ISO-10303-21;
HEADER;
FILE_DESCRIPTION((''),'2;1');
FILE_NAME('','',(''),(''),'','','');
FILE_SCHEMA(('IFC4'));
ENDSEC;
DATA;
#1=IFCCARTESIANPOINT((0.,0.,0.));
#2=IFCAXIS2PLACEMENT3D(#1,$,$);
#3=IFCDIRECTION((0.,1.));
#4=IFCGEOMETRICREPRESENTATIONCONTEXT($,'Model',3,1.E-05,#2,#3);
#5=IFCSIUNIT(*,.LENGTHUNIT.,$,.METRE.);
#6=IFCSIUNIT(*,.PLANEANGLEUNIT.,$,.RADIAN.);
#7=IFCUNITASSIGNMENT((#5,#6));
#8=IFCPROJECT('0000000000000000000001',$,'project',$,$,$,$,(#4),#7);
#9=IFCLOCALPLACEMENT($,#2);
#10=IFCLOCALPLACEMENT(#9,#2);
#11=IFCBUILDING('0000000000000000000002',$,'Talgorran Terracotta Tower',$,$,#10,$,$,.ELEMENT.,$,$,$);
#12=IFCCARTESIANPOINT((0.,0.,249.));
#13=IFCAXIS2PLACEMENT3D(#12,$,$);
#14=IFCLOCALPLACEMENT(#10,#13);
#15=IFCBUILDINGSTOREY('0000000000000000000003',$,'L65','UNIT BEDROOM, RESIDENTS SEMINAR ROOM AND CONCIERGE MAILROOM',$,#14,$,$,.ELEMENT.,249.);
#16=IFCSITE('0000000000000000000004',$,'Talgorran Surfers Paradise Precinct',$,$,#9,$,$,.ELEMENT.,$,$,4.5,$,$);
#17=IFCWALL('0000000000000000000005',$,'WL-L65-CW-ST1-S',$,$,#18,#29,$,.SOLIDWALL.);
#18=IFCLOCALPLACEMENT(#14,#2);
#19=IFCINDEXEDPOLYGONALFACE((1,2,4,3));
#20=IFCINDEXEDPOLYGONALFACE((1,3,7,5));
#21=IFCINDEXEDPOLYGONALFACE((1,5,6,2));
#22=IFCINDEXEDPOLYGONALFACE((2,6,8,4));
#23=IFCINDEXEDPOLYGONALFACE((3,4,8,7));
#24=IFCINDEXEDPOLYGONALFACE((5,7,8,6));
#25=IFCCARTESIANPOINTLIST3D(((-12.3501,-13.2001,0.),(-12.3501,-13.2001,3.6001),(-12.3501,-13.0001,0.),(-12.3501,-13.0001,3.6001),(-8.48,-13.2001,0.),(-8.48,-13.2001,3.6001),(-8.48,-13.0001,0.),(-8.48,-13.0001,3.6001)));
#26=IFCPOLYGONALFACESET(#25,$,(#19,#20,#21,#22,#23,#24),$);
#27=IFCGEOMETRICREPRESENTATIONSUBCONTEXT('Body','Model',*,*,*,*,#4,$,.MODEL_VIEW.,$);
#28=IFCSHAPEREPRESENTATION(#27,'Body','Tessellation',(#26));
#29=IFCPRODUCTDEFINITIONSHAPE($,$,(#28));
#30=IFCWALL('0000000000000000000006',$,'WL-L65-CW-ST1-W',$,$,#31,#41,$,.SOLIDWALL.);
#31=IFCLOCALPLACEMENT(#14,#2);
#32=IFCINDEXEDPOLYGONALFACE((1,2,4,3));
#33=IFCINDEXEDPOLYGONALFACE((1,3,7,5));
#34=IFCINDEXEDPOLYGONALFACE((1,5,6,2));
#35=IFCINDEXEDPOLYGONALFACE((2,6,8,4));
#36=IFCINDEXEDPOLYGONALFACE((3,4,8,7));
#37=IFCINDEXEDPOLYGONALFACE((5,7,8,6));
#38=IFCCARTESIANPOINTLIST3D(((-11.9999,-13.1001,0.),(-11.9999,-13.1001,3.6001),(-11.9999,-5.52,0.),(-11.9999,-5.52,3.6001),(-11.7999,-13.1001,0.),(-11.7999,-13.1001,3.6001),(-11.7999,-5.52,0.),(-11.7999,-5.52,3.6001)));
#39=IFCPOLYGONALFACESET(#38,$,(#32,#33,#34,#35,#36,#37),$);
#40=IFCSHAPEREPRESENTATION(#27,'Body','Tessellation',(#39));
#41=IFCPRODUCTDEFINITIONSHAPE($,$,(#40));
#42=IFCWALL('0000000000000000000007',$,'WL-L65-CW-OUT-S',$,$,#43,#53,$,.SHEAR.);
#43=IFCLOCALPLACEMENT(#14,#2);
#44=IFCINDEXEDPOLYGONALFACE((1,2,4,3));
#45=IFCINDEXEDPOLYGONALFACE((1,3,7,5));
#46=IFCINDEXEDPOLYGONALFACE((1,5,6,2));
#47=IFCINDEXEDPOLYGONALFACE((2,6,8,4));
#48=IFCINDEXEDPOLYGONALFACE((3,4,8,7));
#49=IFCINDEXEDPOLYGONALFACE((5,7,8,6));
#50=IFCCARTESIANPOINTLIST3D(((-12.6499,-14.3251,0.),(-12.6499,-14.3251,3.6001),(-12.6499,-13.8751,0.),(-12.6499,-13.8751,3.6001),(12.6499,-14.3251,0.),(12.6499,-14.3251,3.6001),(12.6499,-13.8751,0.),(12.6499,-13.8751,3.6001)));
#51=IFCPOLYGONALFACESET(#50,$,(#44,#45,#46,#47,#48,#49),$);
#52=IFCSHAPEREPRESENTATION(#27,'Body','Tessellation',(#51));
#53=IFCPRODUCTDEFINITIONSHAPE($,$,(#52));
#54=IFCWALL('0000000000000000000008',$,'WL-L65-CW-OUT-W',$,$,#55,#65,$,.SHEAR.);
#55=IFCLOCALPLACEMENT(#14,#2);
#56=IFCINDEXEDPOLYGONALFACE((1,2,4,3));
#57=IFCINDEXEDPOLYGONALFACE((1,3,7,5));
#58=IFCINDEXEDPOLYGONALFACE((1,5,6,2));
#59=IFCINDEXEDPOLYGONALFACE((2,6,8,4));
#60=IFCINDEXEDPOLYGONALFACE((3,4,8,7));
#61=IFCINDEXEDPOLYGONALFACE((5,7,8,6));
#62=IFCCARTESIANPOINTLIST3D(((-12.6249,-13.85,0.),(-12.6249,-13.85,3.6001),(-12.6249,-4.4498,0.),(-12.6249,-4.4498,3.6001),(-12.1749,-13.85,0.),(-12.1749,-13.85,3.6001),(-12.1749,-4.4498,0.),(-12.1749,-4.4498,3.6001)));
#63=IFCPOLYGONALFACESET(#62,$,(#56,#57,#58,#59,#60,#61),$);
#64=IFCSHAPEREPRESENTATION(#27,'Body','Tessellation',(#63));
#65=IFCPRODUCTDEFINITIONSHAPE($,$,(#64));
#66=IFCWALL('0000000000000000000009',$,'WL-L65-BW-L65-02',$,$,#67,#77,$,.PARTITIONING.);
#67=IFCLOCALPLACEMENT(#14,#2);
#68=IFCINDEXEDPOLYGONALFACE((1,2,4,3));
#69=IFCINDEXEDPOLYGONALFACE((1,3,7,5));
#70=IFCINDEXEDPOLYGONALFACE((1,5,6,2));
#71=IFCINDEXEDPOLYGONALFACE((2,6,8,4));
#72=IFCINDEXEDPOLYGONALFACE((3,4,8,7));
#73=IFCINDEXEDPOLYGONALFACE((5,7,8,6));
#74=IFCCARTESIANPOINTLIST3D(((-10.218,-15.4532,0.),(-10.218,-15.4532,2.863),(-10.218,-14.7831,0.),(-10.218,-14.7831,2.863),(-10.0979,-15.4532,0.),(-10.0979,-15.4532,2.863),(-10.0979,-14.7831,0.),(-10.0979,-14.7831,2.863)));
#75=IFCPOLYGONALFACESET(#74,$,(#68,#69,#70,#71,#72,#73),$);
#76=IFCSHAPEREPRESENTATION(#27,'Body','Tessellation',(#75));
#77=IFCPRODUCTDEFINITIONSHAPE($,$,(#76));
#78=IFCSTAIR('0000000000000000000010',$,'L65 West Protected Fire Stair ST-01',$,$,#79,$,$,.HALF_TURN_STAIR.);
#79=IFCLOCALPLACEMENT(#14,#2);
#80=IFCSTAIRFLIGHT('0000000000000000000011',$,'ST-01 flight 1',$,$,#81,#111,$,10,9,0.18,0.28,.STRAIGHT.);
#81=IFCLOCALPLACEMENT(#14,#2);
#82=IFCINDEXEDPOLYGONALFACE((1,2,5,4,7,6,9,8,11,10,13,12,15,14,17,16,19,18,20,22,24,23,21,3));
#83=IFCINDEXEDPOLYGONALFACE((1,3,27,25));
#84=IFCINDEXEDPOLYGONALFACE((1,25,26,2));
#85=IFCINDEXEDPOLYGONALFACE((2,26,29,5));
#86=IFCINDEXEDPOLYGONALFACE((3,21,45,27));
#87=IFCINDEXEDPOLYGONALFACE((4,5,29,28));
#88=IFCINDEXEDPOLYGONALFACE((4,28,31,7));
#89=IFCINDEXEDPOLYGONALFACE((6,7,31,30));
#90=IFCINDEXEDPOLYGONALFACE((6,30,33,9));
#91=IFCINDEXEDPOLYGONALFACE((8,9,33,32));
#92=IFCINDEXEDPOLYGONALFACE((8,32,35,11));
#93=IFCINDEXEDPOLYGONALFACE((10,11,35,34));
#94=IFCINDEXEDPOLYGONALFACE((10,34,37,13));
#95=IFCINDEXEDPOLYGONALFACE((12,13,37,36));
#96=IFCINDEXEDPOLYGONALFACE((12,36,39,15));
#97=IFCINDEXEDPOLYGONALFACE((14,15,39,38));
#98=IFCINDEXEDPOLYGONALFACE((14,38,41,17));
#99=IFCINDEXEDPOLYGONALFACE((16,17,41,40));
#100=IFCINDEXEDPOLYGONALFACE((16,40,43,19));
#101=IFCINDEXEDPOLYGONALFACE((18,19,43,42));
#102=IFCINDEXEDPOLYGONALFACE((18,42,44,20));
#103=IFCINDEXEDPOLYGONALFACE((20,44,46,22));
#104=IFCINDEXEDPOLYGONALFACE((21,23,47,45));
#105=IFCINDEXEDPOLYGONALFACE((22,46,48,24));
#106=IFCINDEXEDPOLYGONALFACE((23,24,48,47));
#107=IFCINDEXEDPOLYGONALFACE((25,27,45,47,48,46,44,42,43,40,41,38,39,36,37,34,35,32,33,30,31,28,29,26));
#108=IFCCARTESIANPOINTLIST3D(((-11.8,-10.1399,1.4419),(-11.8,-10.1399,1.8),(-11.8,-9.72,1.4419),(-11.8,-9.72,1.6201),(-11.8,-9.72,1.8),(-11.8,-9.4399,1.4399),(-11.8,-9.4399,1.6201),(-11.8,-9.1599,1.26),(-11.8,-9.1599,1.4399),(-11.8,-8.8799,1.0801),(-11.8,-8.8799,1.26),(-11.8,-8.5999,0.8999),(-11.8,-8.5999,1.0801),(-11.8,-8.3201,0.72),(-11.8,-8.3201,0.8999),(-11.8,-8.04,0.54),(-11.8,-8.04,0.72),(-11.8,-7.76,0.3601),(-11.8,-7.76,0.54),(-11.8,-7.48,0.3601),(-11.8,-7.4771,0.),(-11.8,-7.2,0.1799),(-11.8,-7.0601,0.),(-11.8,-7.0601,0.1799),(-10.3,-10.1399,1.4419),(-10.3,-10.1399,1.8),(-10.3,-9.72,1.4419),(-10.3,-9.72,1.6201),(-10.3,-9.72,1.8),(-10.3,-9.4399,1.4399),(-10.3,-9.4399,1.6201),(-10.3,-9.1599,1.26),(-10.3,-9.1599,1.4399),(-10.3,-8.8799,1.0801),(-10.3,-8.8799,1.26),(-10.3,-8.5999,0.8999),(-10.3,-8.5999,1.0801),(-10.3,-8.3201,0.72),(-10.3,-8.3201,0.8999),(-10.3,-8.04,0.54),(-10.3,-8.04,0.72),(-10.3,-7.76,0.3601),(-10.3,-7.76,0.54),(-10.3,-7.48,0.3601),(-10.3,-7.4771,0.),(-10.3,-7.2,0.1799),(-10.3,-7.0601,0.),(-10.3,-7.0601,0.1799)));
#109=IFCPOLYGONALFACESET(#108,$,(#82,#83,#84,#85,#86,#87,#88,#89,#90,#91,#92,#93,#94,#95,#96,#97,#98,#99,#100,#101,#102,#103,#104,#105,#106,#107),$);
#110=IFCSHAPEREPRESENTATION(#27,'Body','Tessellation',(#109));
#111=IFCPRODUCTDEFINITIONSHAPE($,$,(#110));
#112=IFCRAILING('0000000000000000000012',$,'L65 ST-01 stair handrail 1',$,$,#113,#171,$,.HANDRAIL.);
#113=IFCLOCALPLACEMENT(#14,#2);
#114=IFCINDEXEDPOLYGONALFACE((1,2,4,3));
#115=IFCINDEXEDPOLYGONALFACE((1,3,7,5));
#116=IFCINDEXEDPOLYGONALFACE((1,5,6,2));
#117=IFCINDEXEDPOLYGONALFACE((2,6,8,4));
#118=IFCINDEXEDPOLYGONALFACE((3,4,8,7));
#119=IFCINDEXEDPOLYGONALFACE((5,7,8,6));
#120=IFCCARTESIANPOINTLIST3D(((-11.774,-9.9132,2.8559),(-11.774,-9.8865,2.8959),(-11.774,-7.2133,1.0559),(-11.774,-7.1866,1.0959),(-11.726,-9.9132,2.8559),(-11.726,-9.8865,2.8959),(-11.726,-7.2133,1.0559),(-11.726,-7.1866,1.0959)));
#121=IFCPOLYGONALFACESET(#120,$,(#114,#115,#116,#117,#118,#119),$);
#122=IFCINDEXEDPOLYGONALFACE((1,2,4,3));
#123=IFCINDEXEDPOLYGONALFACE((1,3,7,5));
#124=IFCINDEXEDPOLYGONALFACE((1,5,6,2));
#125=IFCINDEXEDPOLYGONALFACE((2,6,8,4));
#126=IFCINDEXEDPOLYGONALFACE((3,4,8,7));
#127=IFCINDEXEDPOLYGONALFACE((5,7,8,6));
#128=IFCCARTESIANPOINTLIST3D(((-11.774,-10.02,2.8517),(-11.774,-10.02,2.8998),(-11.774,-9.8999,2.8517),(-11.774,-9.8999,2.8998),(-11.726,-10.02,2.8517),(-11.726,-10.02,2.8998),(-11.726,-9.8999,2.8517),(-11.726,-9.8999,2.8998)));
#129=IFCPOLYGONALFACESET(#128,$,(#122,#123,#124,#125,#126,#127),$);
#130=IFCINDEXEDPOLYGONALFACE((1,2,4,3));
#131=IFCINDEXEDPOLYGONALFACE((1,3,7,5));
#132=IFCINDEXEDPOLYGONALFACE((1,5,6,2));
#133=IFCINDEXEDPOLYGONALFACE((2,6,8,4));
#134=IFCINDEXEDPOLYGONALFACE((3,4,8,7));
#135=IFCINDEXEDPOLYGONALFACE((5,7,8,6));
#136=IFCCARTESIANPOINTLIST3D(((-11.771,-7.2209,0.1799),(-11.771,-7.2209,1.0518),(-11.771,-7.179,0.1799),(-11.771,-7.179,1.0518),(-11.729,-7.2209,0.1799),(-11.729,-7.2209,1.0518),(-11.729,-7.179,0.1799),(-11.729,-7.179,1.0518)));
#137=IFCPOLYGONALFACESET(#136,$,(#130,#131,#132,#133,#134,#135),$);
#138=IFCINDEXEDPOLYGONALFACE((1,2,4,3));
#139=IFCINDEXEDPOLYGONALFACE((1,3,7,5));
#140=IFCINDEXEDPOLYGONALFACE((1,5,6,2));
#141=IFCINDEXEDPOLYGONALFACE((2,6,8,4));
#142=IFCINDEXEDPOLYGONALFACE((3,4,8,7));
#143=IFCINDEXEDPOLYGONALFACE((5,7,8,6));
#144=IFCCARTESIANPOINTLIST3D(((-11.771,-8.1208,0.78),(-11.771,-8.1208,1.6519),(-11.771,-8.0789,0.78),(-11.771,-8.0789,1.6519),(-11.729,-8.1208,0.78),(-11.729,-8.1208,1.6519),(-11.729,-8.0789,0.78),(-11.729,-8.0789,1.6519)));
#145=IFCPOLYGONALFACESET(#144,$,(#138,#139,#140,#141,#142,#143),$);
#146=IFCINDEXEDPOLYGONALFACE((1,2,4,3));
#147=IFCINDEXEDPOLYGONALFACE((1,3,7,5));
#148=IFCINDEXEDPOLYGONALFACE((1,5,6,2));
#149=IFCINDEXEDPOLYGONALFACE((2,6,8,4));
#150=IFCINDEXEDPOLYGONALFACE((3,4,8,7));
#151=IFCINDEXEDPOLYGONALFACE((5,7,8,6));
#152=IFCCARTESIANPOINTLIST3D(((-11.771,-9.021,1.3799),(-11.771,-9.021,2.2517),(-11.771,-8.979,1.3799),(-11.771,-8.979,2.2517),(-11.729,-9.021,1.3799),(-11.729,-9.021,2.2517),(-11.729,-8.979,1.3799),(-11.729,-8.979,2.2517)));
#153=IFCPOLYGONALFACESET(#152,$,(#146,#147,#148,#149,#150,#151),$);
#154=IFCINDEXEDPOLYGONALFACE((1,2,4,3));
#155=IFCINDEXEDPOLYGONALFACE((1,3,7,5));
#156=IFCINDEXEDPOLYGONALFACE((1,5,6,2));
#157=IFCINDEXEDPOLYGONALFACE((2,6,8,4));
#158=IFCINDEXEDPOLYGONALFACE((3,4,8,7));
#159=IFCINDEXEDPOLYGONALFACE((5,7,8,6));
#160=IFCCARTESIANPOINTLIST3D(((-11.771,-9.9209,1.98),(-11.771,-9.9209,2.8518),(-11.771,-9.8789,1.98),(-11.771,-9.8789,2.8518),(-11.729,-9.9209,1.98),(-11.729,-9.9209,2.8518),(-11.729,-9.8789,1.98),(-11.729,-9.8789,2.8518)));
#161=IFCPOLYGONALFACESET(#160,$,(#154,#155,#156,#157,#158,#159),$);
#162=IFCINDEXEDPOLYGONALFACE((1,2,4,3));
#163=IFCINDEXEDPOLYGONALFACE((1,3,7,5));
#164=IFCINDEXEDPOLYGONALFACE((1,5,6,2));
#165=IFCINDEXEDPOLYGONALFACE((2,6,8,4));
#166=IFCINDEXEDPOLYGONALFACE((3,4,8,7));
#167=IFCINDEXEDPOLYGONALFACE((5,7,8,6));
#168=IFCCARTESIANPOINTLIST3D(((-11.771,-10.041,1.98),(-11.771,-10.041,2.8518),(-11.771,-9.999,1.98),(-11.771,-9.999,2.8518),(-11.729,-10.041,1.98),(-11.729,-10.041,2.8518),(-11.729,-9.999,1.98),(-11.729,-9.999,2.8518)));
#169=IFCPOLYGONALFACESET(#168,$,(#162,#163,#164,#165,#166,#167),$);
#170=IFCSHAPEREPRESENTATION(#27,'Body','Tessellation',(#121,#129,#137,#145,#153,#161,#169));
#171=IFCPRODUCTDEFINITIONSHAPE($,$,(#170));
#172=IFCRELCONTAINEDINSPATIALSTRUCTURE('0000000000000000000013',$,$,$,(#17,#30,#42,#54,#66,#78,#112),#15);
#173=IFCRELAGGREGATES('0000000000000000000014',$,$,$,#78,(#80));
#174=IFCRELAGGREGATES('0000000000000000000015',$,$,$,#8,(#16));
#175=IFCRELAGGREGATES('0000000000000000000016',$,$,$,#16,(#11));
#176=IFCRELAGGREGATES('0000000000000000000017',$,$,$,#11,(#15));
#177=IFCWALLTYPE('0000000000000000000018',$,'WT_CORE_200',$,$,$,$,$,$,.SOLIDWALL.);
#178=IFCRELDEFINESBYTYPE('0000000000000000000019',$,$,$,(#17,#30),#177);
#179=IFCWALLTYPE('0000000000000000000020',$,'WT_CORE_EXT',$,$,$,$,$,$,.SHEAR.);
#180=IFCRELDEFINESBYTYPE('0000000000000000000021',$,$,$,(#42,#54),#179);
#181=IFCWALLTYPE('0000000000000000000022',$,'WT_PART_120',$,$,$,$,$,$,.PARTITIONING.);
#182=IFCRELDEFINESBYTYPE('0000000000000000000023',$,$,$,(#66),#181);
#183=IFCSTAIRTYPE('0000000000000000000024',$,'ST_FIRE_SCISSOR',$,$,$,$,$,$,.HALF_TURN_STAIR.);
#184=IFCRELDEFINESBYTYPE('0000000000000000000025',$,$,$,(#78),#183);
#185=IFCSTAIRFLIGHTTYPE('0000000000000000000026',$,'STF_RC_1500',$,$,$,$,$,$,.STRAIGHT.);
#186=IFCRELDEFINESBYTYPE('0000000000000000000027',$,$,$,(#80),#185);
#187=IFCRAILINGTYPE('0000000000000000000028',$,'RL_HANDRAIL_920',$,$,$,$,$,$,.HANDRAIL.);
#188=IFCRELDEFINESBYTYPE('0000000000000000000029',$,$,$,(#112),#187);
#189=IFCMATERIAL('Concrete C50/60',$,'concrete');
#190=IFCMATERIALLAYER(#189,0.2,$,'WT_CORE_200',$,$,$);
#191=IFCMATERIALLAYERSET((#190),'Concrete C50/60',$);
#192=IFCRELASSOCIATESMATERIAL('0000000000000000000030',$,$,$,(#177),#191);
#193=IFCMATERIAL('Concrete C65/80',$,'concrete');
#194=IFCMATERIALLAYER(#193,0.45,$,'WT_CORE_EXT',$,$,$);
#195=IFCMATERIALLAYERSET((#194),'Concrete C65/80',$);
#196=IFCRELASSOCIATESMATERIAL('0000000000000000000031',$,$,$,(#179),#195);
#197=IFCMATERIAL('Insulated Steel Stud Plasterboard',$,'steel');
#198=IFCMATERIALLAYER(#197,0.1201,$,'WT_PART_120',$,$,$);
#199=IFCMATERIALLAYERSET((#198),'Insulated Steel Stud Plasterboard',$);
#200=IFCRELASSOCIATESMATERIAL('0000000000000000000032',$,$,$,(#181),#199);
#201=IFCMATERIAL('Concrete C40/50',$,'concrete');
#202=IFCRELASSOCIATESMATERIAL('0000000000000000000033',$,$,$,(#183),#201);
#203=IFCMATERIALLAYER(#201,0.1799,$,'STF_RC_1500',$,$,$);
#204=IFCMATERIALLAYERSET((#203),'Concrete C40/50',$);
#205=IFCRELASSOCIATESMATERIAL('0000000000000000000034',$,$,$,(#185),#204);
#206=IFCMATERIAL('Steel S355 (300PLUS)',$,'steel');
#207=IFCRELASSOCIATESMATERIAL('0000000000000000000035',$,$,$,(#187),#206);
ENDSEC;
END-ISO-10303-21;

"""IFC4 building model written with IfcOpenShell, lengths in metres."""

from ifc_helpers import new_model, si_unit, direction, frame, frame_2d, origin, origin_2d, place, context, subcontext, project, spatial, polyline, rectangle, outline, extrude, material, layer, layer_set, type_object, element, aggregate, save


model = new_model("IFC4")

# Units and contexts
model_context = context("Model", 3, precision=1e-05, world=origin(), true_north=direction((0.0, 1.0)))
body_context = subcontext(model_context, "Body", "Model", "MODEL_VIEW")
ifc_project = project(units=[si_unit("LENGTHUNIT", "METRE"), si_unit("PLANEANGLEUNIT", "RADIAN")], contexts=[model_context])

# Site, building, storey
site_placement = place(None, origin())
site = spatial("IfcSite", under=ifc_project, at=site_placement, Name="Talgorran Surfers Paradise Precinct", CompositionType="ELEMENT", RefElevation=4.5)
building_placement = place(site_placement, origin())
building = spatial("IfcBuilding", under=site, at=building_placement, Name="Talgorran Terracotta Tower", CompositionType="ELEMENT")
storey_placement = place(building_placement, frame((0.0, 0.0, 249.0)))
storey = spatial("IfcBuildingStorey", under=building, at=storey_placement, Name="L65", Description="UNIT BEDROOM, RESIDENTS SEMINAR ROOM AND CONCIERGE MAILROOM", CompositionType="ELEMENT", Elevation=249.0)

# Shared definitions
ifc_material_1 = material(Name="Steel S355 (300PLUS)", Category="steel")

# Walls
ifc_material_2 = material(Name="Concrete C50/60", Category="concrete")
ifc_layer_1 = layer(ifc_material_2, 0.2, Name="WT_CORE_200")
ifc_layer_set_1 = layer_set([ifc_layer_1], Name="Concrete C50/60")
wall_type_1 = type_object("IfcWallType", Name="WT_CORE_200", PredefinedType="SOLIDWALL", material=ifc_layer_set_1)
wall_1_placement = place(storey_placement, frame((-12.3501, -13.1001, 0.0), z_axis=(0.0, 0.0, 1.0), x_axis=(1.0, 0.0, 0.0)))
element("IfcWall", 1, at=wall_1_placement, inside=storey, type_object=wall_type_1, Name="WL-L65-CW-ST1-S", PredefinedType="SOLIDWALL", context=body_context, shape_type="SweptSolid", body=[
    extrude(rectangle(XDim=3.8701, YDim=0.2, at=frame_2d((1.9351, 0.0))), origin(), (0.0, 0.0, 1.0), 3.6001),
])
wall_2_placement = place(storey_placement, frame((-11.8999, -13.1001, 0.0), z_axis=(0.0, 0.0, 1.0), x_axis=(0.0, 1.0, 0.0)))
element("IfcWall", 2, at=wall_2_placement, inside=storey, type_object=wall_type_1, Name="WL-L65-CW-ST1-W", PredefinedType="SOLIDWALL", context=body_context, shape_type="SweptSolid", body=[
    extrude(rectangle(XDim=7.5801, YDim=0.2, at=frame_2d((3.79, 0.0))), origin(), (0.0, 0.0, 1.0), 3.6001),
])
ifc_material_3 = material(Name="Concrete C65/80", Category="concrete")
ifc_layer_2 = layer(ifc_material_3, 0.45, Name="WT_CORE_EXT")
ifc_layer_set_2 = layer_set([ifc_layer_2], Name="Concrete C65/80")
wall_type_2 = type_object("IfcWallType", Name="WT_CORE_EXT", PredefinedType="SHEAR", material=ifc_layer_set_2)
wall_3_placement = place(storey_placement, frame((-12.6499, -14.1001, 0.0), z_axis=(0.0, 0.0, 1.0), x_axis=(1.0, 0.0, 0.0)))
element("IfcWall", 3, at=wall_3_placement, inside=storey, type_object=wall_type_2, Name="WL-L65-CW-OUT-S", PredefinedType="SHEAR", context=body_context, shape_type="SweptSolid", body=[
    extrude(rectangle(XDim=25.2998, YDim=0.45, at=frame_2d((12.6499, 0.0))), origin(), (0.0, 0.0, 1.0), 3.6001),
])
wall_4_placement = place(storey_placement, frame((-12.3999, -13.8501, 0.0), z_axis=(0.0, 0.0, 1.0), x_axis=(0.0, 1.0, 0.0)))
element("IfcWall", 4, at=wall_4_placement, inside=storey, type_object=wall_type_2, Name="WL-L65-CW-OUT-W", PredefinedType="SHEAR", context=body_context, shape_type="SweptSolid", body=[
    extrude(rectangle(XDim=9.4001, YDim=0.45, at=frame_2d((4.7002, 0.0))), origin(), (0.0, 0.0, 1.0), 3.6001),
])
ifc_material_4 = material(Name="Insulated Steel Stud Plasterboard", Category="steel")
ifc_layer_3 = layer(ifc_material_4, 0.1201, Name="WT_PART_120")
ifc_layer_set_3 = layer_set([ifc_layer_3], Name="Insulated Steel Stud Plasterboard")
wall_type_3 = type_object("IfcWallType", Name="WT_PART_120", PredefinedType="PARTITIONING", material=ifc_layer_set_3)
wall_5_placement = place(storey_placement, frame((-10.158, -14.7832, 0.0), z_axis=(0.0, 0.0, 1.0), x_axis=(0.0, -1.0, 0.0)))
element("IfcWall", 5, at=wall_5_placement, inside=storey, type_object=wall_type_3, Name="WL-L65-BW-L65-02", PredefinedType="PARTITIONING", context=body_context, shape_type="SweptSolid", body=[
    extrude(rectangle(XDim=0.6702, YDim=0.1201, at=frame_2d((0.335, 0.0))), origin(), (0.0, 0.0, 1.0), 2.863),
])

# Stair, stair flight
ifc_material_5 = material(Name="Concrete C40/50", Category="concrete")
stair_type = type_object("IfcStairType", Name="ST_FIRE_SCISSOR", PredefinedType="HALF_TURN_STAIR", material=ifc_material_5)
stair_placement = place(storey_placement, origin())
stair = element("IfcStair", 6, at=stair_placement, inside=storey, type_object=stair_type, Name="L65 West Protected Fire Stair ST-01", PredefinedType="HALF_TURN_STAIR")
ifc_layer_4 = layer(ifc_material_5, 0.1799, Name="STF_RC_1500")
ifc_layer_set_4 = layer_set([ifc_layer_4], Name="Concrete C40/50")
stair_flight_type = type_object("IfcStairFlightType", Name="STF_RC_1500", PredefinedType="STRAIGHT", material=ifc_layer_set_4)
stair_flight_placement = place(storey_placement, frame((-11.05, -7.2, 0.0), z_axis=(0.0, 0.0, 1.0), x_axis=(0.0, -1.0, 0.0)))
stair_flight = element("IfcStairFlight", 7, at=stair_flight_placement, type_object=stair_flight_type, Name="ST-01 flight 1", NumberOfRisers=10, NumberOfTreads=9, PredefinedType="STRAIGHT", RiserHeight=0.18, TreadLength=0.28, context=body_context, shape_type="SweptSolid", body=[
    extrude(outline(polyline([(-0.1399, 0.0), (-0.1399, 0.1799), (0.0, 0.1799), (0.28, 0.3601), (0.5601, 0.3601), (0.5601, 0.54), (0.8401, 0.54), (0.8401, 0.72), (1.1201, 0.72), (1.1201, 0.8999), (1.3999, 0.8999), (1.3999, 1.0801), (1.6799, 1.0801), (1.6799, 1.26), (1.96, 1.26), (1.96, 1.4399), (2.24, 1.4399), (2.24, 1.6201), (2.52, 1.6201), (2.52, 1.8), (2.9399, 1.8), (2.9399, 1.4419), (2.52, 1.4419), (0.2771, 0.0), (-0.1399, 0.0)])), frame((0.0, 0.75, 0.0), z_axis=(0.0, -1.0, 0.0), x_axis=(1.0, 0.0, 0.0)), (0.0, 0.0, 1.0), 1.5),
])
aggregate(stair, [stair_flight])

# Railing
railing_type_1 = type_object("IfcRailingType", Name="RL_HANDRAIL_920", PredefinedType="HANDRAIL", material=ifc_material_1)
railing_1_placement = place(storey_placement, frame((-11.75, -7.2, 0.1799)))
element("IfcRailing", 8, at=railing_1_placement, inside=storey, type_object=railing_type_1, Name="L65 ST-01 stair handrail 1", PredefinedType="HANDRAIL", context=body_context, shape_type="SweptSolid", body=[
    extrude(rectangle(XDim=0.0481, YDim=0.0481, at=origin_2d()), frame((0.0, 0.0, 0.896), z_axis=(0.0, -0.832039, 0.554718), x_axis=(1.0, 0.0, 0.0)), (0.0, 0.0, 1.0), 3.2449),
    extrude(rectangle(XDim=0.0481, YDim=0.0481, at=origin_2d()), frame((0.0, -2.7, 2.6958), z_axis=(0.0, -1.0, 0.0), x_axis=(1.0, 0.0, 0.0)), (0.0, 0.0, 1.0), 0.1201),
    extrude(rectangle(XDim=0.042, YDim=0.042, at=origin_2d()), origin(), (0.0, 0.0, 1.0), 0.8718),
    extrude(rectangle(XDim=0.042, YDim=0.042, at=origin_2d()), frame((0.0, -0.8999, 0.6001)), (0.0, 0.0, 1.0), 0.8718),
    extrude(rectangle(XDim=0.042, YDim=0.042, at=origin_2d()), frame((0.0, -1.8, 1.2)), (0.0, 0.0, 1.0), 0.8718),
    extrude(rectangle(XDim=0.042, YDim=0.042, at=origin_2d()), frame((0.0, -2.7, 1.8)), (0.0, 0.0, 1.0), 0.8718),
    extrude(rectangle(XDim=0.042, YDim=0.042, at=origin_2d()), frame((0.0, -2.8201, 1.8)), (0.0, 0.0, 1.0), 0.8718),
])

save(model, "model.ifc")
